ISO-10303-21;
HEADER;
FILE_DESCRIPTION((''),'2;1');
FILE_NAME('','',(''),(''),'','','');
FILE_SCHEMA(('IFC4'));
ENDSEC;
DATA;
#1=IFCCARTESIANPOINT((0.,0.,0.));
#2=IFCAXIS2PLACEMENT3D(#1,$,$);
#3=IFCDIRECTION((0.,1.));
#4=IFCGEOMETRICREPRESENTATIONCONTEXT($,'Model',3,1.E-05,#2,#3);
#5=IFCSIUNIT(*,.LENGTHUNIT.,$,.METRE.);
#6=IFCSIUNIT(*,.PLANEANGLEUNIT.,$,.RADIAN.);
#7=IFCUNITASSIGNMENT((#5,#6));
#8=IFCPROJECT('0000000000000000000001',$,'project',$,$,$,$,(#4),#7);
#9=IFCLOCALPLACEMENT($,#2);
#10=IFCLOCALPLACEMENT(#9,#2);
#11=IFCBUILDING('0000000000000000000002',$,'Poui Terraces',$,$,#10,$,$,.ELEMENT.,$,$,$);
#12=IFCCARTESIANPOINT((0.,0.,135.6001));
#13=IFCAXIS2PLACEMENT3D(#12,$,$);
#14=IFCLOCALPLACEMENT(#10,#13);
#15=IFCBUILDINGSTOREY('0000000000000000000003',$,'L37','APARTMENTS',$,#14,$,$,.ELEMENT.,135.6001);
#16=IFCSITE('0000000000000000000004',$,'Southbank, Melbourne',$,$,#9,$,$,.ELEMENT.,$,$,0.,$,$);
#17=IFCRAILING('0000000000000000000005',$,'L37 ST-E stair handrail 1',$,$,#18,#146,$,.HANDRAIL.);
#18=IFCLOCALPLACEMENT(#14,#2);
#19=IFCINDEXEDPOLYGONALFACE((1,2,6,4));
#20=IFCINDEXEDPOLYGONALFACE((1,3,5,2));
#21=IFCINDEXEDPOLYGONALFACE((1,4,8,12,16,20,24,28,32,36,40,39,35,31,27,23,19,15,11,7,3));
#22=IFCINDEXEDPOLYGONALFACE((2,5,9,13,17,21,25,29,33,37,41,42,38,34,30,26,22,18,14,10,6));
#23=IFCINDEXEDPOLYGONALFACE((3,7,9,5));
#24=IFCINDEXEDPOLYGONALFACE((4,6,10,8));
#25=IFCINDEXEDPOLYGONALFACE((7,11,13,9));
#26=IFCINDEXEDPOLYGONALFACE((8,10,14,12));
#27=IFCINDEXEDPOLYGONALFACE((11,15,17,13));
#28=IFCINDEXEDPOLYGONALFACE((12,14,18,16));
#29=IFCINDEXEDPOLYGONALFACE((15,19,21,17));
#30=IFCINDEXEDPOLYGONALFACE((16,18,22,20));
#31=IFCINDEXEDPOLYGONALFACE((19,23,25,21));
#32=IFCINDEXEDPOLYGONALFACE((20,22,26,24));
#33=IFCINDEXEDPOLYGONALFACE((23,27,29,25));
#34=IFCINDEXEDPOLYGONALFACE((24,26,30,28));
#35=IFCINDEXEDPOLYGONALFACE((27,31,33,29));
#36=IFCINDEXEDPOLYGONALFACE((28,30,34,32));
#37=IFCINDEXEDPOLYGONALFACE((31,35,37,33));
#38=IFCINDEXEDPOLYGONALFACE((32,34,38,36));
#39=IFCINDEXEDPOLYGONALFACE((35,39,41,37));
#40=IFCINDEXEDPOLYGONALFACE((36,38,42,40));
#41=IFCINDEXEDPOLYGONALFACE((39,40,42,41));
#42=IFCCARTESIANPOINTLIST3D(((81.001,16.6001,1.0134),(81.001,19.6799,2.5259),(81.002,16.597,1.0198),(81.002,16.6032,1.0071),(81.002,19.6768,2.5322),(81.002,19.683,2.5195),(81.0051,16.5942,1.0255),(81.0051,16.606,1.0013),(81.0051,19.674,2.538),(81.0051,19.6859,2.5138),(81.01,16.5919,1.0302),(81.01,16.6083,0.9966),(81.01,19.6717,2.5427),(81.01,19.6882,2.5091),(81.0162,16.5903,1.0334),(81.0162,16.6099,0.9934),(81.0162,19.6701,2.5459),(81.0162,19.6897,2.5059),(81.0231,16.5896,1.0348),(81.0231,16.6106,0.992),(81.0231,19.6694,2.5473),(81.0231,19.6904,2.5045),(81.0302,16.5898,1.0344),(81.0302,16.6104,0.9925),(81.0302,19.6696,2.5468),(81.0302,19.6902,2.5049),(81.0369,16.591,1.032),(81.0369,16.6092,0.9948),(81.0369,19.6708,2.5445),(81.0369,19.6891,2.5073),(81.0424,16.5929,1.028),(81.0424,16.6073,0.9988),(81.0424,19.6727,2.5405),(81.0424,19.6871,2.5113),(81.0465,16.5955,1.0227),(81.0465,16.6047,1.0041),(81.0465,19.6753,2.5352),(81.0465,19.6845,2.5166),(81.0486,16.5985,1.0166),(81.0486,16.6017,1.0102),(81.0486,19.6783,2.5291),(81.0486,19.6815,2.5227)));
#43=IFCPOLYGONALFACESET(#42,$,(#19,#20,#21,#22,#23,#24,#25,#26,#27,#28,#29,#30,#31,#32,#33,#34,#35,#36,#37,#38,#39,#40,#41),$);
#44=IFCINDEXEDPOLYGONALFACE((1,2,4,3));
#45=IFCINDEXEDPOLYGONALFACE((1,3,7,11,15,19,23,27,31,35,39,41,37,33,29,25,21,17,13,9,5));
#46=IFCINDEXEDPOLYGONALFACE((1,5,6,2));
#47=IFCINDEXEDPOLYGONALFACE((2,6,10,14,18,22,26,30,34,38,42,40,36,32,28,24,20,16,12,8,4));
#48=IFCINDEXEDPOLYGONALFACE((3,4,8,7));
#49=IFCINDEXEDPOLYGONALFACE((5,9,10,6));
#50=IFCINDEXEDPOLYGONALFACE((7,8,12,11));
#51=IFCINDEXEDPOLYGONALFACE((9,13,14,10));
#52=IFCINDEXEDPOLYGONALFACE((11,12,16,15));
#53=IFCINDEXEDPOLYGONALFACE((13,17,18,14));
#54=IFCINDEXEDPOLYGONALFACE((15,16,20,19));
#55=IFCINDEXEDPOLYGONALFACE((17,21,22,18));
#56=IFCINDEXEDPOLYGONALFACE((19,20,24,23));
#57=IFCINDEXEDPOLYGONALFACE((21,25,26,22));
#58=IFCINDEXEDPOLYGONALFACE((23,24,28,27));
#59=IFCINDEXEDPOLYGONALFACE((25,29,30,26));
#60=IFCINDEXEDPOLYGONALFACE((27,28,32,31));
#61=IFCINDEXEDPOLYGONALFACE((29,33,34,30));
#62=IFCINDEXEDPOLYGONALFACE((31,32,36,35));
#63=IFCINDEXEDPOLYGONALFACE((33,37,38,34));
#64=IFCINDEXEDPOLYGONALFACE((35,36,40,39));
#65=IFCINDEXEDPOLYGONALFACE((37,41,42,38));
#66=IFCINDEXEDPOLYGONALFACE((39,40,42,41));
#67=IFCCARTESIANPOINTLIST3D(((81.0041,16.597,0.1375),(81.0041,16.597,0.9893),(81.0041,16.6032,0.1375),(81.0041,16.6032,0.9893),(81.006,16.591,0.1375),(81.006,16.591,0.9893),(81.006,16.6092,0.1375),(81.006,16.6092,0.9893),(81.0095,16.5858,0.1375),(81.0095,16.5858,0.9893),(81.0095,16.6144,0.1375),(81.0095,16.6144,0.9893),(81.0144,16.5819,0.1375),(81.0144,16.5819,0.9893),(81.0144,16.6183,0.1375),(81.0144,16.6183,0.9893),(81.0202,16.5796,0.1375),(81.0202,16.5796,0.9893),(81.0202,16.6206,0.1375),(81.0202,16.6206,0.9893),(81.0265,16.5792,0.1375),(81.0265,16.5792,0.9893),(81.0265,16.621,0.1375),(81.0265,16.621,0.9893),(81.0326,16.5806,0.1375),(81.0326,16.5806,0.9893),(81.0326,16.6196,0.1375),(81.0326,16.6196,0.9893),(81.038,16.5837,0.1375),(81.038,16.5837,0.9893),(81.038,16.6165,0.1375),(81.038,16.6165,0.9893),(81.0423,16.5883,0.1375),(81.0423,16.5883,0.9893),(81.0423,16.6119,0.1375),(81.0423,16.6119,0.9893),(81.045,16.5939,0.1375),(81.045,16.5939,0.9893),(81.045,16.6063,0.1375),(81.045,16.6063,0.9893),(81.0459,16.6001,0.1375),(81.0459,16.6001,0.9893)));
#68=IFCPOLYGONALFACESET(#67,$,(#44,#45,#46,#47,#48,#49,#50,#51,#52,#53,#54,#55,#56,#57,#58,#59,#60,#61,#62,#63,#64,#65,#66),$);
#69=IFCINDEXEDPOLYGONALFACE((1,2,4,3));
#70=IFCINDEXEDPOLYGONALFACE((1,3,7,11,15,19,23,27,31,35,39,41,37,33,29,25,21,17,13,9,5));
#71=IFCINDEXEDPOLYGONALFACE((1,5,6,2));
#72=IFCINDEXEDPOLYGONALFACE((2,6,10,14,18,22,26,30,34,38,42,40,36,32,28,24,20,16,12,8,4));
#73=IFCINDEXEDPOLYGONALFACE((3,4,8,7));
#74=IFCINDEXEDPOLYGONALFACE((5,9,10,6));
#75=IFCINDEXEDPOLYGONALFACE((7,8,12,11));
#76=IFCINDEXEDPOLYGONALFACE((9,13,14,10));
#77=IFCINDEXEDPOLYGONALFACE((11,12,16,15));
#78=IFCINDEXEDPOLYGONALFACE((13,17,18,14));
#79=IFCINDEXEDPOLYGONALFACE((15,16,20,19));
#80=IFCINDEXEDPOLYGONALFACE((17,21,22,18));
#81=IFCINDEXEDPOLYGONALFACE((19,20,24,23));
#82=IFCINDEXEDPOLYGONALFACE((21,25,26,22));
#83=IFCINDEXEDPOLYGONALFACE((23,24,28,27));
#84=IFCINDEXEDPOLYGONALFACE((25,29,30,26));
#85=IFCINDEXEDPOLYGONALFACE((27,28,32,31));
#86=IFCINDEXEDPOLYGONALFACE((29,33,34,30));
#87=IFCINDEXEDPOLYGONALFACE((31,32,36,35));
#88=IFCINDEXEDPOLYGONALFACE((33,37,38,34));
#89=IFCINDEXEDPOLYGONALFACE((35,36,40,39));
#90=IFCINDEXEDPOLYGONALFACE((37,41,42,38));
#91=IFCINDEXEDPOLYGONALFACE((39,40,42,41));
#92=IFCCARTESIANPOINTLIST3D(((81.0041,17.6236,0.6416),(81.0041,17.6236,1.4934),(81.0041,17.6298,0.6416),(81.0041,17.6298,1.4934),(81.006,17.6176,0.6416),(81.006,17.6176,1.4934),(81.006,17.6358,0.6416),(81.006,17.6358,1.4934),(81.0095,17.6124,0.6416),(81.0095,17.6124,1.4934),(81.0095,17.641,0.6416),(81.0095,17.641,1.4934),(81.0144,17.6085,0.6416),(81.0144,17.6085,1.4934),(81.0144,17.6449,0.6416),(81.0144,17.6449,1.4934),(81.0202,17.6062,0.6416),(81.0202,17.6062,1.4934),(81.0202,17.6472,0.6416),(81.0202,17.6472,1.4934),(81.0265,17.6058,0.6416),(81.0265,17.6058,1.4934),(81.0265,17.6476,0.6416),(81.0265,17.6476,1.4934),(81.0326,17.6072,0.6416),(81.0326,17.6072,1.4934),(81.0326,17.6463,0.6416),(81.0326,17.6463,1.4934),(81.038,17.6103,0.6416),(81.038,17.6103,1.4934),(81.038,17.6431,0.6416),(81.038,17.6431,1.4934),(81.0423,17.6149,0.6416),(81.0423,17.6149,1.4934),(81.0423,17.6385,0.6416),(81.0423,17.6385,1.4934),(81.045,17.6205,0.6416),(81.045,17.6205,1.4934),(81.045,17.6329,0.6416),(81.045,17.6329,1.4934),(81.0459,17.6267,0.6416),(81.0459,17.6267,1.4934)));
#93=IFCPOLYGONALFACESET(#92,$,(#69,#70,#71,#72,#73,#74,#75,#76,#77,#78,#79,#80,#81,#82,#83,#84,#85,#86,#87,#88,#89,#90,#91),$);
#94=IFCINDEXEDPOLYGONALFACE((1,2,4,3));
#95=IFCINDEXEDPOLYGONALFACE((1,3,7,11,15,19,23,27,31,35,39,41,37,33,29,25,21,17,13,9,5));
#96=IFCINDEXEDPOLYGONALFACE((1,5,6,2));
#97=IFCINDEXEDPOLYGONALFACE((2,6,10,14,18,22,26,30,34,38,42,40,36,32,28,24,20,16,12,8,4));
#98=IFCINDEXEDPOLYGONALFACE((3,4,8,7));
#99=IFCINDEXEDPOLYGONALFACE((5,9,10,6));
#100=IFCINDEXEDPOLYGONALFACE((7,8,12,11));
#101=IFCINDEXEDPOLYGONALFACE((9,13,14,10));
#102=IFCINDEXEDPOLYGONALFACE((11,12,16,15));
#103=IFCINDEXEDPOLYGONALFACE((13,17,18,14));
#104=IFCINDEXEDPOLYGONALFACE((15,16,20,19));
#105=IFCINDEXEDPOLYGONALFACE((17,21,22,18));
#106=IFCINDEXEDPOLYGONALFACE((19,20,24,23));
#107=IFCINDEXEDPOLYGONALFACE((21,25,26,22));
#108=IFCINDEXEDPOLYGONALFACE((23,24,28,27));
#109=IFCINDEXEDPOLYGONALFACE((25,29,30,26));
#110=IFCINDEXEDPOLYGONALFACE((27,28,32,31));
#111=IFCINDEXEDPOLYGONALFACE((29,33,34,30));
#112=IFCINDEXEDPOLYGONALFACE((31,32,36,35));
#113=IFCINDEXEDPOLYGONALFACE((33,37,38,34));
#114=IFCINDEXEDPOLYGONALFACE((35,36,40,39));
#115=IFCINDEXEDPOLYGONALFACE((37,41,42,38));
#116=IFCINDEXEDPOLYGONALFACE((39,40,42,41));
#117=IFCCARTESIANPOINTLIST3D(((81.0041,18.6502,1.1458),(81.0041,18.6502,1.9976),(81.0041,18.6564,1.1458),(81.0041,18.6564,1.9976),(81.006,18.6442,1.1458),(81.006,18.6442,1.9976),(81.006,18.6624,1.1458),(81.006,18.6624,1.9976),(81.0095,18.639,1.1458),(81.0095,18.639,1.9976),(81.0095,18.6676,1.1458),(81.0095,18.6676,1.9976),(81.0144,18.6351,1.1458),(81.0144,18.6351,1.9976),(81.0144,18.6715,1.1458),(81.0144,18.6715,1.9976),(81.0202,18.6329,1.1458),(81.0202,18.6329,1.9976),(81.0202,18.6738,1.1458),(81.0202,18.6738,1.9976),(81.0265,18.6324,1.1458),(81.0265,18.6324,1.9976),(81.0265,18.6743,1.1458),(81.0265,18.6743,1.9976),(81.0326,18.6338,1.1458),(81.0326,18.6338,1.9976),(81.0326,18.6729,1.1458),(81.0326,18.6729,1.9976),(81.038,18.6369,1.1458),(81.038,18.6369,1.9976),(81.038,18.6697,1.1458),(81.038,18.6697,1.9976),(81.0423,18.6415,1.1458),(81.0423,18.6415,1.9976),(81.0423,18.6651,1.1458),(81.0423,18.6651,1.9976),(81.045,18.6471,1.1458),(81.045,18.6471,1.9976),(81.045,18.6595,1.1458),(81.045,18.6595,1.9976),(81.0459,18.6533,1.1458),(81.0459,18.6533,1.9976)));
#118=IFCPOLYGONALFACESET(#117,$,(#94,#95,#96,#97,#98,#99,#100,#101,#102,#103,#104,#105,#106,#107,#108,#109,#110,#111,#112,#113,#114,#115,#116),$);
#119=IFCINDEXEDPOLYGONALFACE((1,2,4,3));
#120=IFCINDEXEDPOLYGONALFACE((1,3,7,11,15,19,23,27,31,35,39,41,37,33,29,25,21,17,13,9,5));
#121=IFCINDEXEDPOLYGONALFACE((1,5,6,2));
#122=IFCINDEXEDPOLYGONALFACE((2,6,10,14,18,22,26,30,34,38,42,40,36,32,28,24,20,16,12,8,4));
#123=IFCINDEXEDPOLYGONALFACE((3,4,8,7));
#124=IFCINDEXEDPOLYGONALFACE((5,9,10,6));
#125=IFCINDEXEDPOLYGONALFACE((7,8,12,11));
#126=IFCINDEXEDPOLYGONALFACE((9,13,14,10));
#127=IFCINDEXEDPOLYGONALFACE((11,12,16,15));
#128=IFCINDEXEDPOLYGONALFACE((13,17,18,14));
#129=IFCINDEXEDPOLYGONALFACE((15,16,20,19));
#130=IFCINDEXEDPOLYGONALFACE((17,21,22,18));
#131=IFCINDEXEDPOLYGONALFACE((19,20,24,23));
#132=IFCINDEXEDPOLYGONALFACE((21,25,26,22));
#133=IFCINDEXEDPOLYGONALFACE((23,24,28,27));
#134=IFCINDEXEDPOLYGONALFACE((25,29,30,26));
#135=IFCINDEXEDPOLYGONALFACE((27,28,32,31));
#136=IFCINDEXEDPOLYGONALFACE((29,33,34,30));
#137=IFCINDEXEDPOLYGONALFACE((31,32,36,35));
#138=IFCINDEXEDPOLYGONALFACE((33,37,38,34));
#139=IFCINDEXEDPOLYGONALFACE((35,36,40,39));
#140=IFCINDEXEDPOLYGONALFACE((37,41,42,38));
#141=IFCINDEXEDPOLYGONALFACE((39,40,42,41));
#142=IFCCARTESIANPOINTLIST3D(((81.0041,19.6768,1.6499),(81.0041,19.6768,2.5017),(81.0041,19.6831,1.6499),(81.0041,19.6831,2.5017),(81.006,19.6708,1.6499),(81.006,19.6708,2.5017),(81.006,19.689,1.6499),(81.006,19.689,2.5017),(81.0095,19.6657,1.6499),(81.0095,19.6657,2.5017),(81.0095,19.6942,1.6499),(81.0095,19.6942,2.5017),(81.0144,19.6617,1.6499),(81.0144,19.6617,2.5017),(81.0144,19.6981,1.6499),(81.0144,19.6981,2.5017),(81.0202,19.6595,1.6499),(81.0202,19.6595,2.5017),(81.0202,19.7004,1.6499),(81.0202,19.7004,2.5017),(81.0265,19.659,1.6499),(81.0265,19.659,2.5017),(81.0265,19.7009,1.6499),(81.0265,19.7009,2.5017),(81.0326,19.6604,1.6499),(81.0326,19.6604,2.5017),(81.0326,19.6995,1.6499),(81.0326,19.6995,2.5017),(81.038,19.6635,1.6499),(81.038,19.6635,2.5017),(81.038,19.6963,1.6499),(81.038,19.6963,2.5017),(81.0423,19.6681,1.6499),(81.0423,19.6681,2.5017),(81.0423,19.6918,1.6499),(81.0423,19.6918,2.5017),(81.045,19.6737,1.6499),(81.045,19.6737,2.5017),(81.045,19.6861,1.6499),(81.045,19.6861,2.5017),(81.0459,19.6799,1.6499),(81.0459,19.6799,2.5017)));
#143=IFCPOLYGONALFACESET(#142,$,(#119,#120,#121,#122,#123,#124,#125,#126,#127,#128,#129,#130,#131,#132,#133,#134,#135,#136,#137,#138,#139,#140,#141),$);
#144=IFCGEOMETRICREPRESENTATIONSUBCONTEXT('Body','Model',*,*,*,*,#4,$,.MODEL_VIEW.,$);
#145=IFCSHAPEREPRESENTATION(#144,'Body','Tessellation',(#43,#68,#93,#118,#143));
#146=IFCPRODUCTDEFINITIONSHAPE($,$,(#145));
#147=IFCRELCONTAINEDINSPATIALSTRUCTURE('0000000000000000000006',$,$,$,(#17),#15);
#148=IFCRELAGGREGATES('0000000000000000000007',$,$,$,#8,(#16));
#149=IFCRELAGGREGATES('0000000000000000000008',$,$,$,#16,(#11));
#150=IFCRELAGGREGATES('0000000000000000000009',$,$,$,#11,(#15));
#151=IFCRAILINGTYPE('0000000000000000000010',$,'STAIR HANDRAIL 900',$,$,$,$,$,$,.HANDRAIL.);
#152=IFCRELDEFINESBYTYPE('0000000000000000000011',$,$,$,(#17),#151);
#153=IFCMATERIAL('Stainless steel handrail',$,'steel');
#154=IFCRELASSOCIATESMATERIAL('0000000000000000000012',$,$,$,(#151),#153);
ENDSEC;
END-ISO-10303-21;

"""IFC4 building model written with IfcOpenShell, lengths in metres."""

from ifc_helpers import new_model, si_unit, direction, frame, origin, origin_2d, place, context, subcontext, project, spatial, circle, extrude, material, type_object, element, save


model = new_model("IFC4")

# Units and contexts
model_context = context("Model", 3, precision=1e-05, world=origin(), true_north=direction((0.0, 1.0)))
body_context = subcontext(model_context, "Body", "Model", "MODEL_VIEW")
ifc_project = project(units=[si_unit("LENGTHUNIT", "METRE"), si_unit("PLANEANGLEUNIT", "RADIAN")], contexts=[model_context])

# Site, building, storey
site_placement = place(None, origin())
site = spatial("IfcSite", under=ifc_project, at=site_placement, Name="Southbank, Melbourne", CompositionType="ELEMENT", RefElevation=0.0)
building_placement = place(site_placement, origin())
building = spatial("IfcBuilding", under=site, at=building_placement, Name="Poui Terraces", CompositionType="ELEMENT")
storey_placement = place(building_placement, frame((0.0, 0.0, 135.6001)))
storey = spatial("IfcBuildingStorey", under=building, at=storey_placement, Name="L37", Description="APARTMENTS", CompositionType="ELEMENT", Elevation=135.6001)

# Railing
ifc_material_1 = material(Name="Stainless steel handrail", Category="steel")
railing_type_1 = type_object("IfcRailingType", Name="STAIR HANDRAIL 900", PredefinedType="HANDRAIL", material=ifc_material_1)
railing_1_placement = place(storey_placement, frame((81.0249, 16.6001, 0.1375)))
element("IfcRailing", 1, at=railing_1_placement, inside=storey, type_object=railing_type_1, Name="L37 ST-E stair handrail 1", PredefinedType="HANDRAIL", context=body_context, shape_type="SweptSolid", body=[
    extrude(circle(Radius=0.0239, at=origin_2d()), frame((0.0, 0.0, 0.876), z_axis=(0.0, 0.897606, 0.440798), x_axis=(-1.0, 0.0, 0.0)), (0.0, 0.0, 1.0), 3.4312),
    extrude(circle(Radius=0.021, at=origin_2d()), origin(), (0.0, 0.0, 1.0), 0.8518),
    extrude(circle(Radius=0.021, at=origin_2d()), frame((0.0, 1.0266, 0.5042)), (0.0, 0.0, 1.0), 0.8518),
    extrude(circle(Radius=0.021, at=origin_2d()), frame((0.0, 2.0532, 1.0083)), (0.0, 0.0, 1.0), 0.8518),
    extrude(circle(Radius=0.021, at=origin_2d()), frame((0.0, 3.0798, 1.5125)), (0.0, 0.0, 1.0), 0.8518),
])

save(model, "model.ifc")
